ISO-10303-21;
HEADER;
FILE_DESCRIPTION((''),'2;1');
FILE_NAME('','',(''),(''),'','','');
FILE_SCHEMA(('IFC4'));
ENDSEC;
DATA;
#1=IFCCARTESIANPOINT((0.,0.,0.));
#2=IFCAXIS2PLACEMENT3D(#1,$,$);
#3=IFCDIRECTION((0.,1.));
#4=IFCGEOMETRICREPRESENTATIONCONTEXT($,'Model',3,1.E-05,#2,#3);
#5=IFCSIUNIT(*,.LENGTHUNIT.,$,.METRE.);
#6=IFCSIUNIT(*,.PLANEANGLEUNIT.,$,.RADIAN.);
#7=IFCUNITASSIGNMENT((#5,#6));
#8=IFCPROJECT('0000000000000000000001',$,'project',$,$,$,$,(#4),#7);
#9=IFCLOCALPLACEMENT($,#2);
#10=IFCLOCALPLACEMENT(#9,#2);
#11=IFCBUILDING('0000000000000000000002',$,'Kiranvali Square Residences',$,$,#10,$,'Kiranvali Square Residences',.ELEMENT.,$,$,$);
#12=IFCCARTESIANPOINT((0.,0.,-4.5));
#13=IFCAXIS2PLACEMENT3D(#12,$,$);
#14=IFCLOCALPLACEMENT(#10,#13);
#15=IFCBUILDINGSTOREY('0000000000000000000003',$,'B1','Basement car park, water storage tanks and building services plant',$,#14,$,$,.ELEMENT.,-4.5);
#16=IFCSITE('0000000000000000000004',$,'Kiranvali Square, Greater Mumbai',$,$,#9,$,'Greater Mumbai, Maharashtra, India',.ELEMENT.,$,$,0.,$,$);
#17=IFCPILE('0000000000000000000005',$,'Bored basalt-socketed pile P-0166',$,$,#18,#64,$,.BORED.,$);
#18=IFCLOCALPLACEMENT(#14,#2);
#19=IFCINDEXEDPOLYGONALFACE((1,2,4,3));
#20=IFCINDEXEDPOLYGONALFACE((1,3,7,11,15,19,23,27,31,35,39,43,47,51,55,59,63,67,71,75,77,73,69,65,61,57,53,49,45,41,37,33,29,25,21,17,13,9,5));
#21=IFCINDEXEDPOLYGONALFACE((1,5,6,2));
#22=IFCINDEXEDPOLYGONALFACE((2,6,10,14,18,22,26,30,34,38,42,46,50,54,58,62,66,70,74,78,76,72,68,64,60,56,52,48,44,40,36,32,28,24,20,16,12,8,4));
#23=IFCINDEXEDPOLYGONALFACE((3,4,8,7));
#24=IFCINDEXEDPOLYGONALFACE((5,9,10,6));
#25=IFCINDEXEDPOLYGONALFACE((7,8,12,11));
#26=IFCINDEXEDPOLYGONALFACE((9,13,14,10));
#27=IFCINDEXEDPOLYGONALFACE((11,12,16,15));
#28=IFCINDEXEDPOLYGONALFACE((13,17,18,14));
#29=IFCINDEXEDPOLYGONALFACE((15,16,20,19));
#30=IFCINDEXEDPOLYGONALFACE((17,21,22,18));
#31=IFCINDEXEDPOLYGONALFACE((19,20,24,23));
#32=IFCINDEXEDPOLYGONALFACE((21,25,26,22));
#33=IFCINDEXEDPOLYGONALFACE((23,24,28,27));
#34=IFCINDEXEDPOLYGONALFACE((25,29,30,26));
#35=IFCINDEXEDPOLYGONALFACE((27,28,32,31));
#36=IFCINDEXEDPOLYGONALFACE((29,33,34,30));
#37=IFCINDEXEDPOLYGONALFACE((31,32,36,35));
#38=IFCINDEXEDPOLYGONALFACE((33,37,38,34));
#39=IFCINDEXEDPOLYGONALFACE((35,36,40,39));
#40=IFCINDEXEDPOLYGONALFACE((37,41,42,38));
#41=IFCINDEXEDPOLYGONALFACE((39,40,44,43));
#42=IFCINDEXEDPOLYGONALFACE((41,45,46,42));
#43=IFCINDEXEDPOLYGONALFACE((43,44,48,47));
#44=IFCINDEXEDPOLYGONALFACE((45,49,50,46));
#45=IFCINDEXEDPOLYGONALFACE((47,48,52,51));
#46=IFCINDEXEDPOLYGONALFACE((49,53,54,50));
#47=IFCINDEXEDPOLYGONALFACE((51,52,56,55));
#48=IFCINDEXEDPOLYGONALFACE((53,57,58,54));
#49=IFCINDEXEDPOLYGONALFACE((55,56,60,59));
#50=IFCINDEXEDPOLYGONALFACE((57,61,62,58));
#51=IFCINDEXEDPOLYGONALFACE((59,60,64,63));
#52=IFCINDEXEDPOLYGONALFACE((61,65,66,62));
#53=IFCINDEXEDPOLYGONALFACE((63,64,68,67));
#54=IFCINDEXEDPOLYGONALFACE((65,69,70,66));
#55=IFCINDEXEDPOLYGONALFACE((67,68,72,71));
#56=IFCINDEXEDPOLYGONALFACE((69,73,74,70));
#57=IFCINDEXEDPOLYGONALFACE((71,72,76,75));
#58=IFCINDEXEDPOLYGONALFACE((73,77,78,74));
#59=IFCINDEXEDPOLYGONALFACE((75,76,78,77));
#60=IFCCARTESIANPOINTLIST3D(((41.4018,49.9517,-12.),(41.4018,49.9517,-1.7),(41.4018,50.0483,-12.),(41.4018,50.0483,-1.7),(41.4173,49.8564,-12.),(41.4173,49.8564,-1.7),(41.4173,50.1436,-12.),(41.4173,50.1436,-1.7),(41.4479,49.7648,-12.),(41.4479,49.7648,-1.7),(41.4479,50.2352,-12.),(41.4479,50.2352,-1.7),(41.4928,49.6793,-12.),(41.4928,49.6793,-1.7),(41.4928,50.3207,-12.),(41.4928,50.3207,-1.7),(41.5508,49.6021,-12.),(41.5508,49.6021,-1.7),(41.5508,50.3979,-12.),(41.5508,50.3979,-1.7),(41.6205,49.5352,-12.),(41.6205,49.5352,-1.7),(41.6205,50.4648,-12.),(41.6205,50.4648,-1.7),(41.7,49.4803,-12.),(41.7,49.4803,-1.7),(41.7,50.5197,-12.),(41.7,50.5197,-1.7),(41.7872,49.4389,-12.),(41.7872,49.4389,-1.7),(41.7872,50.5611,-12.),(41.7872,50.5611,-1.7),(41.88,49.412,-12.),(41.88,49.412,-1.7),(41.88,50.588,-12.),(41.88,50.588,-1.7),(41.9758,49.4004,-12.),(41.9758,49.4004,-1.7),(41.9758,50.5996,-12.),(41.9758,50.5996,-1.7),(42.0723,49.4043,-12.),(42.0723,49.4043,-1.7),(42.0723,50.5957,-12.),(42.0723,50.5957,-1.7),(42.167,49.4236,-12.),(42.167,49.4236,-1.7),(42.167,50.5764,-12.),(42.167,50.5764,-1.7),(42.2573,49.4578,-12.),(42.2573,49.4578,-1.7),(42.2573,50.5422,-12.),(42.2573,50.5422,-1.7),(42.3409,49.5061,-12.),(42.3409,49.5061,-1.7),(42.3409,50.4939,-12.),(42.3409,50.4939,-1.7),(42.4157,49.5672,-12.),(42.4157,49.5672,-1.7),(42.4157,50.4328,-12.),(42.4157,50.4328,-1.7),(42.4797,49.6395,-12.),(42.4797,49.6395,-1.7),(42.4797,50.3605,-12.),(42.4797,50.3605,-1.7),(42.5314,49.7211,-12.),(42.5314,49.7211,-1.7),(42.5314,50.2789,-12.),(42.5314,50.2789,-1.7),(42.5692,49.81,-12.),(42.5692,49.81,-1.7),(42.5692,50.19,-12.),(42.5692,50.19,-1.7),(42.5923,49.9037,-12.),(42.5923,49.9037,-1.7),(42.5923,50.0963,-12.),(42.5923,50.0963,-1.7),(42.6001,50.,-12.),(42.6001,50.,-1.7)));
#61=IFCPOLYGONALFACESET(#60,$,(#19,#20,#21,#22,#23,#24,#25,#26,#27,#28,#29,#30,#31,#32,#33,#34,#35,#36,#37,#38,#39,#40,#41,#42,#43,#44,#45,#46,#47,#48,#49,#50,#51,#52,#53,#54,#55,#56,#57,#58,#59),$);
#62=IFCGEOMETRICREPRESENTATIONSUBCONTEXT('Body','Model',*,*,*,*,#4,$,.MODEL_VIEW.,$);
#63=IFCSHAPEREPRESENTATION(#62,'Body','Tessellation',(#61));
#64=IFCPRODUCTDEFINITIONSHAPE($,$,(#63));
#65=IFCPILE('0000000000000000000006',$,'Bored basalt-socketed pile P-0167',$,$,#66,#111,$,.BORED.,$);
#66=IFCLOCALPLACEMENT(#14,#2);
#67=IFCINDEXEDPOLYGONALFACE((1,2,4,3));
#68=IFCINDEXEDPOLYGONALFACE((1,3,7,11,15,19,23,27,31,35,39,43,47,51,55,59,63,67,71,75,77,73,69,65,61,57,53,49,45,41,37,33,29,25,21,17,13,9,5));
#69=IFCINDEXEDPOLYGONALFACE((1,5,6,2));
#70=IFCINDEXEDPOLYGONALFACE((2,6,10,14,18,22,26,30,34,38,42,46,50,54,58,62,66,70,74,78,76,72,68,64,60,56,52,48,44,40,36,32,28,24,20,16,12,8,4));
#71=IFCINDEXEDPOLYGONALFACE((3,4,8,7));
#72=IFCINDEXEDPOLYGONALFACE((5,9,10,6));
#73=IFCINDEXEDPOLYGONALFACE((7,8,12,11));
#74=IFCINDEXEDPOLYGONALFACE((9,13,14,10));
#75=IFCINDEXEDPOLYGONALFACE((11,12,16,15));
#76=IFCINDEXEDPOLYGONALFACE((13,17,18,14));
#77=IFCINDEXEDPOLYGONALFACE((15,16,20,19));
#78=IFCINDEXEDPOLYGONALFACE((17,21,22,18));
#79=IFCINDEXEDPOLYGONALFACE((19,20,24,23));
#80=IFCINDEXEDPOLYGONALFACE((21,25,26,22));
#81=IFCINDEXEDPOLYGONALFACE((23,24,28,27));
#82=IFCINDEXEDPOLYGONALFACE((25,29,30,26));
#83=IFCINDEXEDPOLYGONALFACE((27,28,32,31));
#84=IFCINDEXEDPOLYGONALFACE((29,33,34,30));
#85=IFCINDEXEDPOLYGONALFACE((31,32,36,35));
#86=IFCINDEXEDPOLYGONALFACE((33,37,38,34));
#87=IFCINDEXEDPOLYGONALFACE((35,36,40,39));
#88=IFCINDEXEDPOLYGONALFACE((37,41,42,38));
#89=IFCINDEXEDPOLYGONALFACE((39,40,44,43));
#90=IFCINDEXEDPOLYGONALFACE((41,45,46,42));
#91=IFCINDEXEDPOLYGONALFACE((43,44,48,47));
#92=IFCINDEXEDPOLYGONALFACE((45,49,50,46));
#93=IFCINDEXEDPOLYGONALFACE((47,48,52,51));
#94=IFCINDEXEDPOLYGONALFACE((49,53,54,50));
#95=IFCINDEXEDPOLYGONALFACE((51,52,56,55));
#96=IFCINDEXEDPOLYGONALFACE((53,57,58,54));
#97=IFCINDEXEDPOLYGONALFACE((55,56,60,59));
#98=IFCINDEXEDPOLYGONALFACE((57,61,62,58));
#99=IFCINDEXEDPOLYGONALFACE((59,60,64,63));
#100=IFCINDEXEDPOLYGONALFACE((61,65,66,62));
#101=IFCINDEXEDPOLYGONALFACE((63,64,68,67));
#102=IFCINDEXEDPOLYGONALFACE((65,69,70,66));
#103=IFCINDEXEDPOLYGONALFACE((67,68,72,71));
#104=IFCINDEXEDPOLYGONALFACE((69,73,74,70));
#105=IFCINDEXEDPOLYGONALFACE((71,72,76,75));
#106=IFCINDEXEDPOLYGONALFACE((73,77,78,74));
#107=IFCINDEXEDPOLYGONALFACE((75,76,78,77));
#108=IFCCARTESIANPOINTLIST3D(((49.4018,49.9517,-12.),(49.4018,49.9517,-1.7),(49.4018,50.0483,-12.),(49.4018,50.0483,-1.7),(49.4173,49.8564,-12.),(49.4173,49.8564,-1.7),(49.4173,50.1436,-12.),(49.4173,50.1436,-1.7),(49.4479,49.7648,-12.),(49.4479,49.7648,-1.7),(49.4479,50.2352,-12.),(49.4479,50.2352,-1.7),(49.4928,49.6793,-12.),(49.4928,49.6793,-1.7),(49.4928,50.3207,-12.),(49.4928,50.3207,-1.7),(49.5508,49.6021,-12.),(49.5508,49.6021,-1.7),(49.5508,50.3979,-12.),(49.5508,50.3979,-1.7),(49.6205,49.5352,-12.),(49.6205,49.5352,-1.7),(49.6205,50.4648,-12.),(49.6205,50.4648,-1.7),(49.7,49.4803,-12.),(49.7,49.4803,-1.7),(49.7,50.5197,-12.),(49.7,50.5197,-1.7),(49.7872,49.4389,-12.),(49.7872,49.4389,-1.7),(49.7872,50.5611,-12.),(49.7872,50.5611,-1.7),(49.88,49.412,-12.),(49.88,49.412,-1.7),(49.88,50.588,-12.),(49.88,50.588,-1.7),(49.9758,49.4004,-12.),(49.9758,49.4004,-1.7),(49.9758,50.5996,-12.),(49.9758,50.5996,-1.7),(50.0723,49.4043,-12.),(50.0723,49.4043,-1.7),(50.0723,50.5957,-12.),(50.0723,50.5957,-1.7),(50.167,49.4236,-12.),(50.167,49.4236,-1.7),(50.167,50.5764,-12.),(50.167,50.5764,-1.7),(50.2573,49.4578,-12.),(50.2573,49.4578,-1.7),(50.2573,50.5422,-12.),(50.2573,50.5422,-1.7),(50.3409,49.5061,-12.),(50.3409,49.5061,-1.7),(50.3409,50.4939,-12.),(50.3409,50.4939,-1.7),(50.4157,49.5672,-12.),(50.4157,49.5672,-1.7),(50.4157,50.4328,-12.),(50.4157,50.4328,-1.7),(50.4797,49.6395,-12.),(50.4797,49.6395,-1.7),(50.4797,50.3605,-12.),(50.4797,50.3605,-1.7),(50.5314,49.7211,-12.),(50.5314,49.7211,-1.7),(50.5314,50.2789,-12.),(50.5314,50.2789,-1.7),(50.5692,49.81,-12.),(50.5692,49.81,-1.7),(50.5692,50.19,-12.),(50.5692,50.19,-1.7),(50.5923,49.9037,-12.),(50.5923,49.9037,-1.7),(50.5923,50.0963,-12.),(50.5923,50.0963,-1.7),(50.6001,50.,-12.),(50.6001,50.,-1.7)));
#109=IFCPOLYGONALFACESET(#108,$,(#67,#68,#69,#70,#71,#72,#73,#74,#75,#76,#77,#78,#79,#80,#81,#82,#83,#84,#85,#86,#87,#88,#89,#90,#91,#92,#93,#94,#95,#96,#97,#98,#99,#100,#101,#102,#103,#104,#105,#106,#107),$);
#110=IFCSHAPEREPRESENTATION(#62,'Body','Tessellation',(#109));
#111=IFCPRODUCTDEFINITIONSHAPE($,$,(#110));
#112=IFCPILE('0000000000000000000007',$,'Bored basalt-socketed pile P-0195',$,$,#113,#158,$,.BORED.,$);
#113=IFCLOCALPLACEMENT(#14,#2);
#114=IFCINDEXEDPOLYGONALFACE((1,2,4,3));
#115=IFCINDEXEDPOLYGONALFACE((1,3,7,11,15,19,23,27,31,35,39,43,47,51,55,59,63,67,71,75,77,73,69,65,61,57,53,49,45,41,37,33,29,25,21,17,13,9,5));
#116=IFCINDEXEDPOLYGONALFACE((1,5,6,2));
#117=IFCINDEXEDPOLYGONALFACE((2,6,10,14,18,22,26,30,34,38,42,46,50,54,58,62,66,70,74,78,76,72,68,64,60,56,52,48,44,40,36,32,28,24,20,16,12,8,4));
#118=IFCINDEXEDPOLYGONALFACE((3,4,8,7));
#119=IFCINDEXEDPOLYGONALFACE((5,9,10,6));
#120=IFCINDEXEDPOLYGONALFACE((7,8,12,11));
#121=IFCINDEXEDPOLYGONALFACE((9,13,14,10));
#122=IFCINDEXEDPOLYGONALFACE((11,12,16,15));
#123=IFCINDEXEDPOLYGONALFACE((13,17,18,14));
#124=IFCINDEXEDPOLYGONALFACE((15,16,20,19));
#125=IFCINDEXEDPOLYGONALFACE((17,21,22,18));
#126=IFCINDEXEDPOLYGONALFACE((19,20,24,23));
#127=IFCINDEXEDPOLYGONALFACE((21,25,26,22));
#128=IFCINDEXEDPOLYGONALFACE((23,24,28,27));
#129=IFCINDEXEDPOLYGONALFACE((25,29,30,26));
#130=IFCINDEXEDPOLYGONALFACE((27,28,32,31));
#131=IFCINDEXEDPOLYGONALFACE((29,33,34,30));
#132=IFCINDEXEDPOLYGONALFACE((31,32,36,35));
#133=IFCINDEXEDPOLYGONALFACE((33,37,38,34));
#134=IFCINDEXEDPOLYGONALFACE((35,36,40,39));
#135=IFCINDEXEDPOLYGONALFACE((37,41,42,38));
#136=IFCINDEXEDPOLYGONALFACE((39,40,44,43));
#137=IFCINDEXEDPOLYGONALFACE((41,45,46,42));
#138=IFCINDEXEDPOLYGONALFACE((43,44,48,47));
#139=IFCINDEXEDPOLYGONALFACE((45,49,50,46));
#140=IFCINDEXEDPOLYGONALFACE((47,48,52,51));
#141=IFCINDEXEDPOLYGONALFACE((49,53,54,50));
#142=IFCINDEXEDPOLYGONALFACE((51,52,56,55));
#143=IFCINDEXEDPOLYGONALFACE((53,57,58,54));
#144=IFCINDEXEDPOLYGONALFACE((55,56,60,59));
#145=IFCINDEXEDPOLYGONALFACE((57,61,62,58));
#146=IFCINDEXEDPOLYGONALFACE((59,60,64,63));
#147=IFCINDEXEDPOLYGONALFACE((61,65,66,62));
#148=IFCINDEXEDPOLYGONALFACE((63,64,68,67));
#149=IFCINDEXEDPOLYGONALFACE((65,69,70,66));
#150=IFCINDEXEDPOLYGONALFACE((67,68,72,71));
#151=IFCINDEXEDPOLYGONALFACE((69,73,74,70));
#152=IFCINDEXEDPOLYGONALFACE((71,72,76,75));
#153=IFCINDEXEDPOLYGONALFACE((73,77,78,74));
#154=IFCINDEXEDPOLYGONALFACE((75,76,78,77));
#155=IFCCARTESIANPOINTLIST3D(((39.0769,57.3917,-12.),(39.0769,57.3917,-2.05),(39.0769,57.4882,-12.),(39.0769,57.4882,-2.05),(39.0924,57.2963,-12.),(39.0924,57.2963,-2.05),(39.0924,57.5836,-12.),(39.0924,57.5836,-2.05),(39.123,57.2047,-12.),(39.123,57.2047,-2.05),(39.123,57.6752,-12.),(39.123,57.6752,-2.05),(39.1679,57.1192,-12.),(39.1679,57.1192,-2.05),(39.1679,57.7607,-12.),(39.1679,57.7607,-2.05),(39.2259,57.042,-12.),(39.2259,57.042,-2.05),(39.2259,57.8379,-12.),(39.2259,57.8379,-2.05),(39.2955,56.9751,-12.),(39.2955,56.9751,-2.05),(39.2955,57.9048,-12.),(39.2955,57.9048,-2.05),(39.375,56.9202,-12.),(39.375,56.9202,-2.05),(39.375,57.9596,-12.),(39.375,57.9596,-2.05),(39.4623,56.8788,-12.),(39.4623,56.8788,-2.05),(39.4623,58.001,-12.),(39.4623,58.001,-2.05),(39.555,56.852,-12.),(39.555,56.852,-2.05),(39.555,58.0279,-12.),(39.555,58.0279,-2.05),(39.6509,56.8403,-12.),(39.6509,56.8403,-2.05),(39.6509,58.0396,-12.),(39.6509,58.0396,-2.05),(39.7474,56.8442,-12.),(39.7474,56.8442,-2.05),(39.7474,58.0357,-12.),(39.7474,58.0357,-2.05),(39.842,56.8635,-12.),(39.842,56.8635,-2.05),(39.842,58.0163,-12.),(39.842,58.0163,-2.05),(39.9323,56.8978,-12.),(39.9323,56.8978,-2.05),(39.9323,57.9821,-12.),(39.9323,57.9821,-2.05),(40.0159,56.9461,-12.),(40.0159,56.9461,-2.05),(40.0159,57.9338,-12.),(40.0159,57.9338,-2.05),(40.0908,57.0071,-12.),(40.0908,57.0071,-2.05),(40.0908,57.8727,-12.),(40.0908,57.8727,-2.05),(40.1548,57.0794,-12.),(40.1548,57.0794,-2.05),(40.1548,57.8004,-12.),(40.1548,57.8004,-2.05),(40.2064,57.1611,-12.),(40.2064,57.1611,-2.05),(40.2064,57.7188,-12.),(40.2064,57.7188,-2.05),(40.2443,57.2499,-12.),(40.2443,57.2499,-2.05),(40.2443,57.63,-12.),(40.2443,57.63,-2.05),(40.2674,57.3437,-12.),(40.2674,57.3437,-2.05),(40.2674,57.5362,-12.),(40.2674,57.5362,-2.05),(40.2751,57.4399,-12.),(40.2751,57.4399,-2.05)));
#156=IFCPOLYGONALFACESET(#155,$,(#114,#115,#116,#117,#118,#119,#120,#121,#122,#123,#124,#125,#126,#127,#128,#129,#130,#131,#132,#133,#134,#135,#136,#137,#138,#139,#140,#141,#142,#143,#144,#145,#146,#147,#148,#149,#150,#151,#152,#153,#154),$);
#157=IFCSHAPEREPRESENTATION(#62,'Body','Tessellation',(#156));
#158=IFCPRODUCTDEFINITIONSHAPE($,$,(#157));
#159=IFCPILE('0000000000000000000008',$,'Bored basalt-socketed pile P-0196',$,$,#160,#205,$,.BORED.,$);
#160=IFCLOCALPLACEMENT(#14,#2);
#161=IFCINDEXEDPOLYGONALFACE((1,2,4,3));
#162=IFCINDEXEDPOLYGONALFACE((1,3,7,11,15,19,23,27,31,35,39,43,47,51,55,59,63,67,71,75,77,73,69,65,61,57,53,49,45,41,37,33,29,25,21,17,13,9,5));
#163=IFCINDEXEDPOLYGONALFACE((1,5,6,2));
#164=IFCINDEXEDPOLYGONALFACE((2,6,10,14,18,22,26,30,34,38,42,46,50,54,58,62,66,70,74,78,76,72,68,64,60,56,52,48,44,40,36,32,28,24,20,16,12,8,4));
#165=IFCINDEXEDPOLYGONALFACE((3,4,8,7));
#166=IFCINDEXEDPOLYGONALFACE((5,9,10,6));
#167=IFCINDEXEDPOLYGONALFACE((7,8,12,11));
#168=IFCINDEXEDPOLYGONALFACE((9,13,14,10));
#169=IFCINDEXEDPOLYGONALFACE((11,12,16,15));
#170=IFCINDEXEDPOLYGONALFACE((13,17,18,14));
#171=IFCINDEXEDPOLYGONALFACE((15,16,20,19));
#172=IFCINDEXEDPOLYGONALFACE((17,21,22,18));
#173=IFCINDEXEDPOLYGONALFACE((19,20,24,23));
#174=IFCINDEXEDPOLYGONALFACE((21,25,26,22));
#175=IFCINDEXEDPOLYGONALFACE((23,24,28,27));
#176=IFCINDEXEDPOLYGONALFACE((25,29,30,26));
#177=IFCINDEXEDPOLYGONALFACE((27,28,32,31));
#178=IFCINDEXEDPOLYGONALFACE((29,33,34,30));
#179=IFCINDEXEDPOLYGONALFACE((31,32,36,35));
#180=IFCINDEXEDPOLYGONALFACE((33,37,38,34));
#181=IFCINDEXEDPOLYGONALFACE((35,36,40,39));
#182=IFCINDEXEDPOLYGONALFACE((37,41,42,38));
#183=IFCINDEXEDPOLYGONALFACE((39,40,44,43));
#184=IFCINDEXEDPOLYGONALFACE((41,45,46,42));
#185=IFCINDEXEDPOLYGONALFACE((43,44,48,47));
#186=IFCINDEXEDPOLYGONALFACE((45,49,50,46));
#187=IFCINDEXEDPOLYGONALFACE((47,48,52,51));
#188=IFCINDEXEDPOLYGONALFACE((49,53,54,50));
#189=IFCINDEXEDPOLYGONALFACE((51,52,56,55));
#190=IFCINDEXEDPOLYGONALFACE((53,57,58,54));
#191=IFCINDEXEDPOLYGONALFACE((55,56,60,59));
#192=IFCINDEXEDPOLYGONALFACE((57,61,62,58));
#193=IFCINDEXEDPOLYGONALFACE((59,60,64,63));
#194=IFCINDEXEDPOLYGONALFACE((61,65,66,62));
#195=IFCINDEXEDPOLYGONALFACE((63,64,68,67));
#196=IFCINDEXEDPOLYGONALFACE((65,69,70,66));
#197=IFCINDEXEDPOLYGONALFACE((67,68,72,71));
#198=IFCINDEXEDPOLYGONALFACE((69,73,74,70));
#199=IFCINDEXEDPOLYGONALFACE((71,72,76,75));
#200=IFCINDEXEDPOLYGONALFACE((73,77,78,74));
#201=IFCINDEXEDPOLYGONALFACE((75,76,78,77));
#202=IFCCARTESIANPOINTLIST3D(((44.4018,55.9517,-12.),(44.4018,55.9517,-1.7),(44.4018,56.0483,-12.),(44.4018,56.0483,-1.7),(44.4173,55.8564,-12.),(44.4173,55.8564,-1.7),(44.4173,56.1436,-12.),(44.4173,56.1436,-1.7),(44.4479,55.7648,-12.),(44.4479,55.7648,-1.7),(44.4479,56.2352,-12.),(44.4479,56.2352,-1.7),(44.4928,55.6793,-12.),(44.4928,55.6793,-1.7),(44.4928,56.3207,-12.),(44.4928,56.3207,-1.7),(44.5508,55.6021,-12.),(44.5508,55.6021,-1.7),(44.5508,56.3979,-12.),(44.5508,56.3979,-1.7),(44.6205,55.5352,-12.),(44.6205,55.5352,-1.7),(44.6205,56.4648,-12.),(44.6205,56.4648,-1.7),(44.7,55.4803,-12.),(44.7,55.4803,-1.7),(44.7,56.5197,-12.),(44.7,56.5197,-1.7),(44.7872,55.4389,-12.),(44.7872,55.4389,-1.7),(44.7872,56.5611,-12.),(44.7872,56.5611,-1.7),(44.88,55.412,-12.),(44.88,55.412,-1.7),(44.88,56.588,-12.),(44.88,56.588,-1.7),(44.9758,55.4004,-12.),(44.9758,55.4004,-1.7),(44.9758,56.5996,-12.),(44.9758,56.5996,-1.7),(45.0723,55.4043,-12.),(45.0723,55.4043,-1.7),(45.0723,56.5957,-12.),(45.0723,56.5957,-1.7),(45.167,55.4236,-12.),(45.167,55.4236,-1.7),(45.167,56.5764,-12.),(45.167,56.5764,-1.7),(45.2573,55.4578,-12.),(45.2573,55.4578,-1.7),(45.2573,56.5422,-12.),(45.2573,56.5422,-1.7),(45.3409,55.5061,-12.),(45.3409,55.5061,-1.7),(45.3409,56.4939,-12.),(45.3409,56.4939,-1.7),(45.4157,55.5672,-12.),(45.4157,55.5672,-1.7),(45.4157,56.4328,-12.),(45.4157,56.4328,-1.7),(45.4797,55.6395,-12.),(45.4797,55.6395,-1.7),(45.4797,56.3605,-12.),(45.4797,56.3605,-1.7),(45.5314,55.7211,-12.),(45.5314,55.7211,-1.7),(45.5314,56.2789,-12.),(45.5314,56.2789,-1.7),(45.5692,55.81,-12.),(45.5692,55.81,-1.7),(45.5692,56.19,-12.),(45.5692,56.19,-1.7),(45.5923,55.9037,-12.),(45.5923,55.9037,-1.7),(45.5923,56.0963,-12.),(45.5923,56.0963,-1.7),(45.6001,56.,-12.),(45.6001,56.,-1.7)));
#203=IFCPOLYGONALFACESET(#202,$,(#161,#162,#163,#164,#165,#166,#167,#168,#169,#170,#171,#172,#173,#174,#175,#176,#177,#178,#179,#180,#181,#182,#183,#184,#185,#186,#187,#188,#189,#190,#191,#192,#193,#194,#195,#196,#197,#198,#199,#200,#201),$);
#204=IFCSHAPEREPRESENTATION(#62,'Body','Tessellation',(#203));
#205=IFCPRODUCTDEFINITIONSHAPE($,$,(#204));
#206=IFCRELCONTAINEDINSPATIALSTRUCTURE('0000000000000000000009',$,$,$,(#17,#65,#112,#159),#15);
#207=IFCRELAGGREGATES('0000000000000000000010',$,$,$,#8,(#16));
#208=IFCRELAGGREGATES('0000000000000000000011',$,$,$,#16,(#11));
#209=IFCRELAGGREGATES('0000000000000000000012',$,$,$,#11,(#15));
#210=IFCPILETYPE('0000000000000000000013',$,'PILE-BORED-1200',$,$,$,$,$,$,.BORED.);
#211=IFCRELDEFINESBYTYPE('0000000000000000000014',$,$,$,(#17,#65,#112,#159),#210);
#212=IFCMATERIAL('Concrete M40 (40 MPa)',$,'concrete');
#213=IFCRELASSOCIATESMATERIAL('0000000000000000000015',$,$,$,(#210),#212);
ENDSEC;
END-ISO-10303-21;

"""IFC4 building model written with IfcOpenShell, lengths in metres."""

from ifc_helpers import new_model, si_unit, direction, frame, origin, origin_2d, place, context, subcontext, project, spatial, circle, extrude, material, material_profile, profile_set, type_object, element, save


model = new_model("IFC4")

# Units and contexts
model_context = context("Model", 3, precision=1e-05, world=origin(), true_north=direction((0.0, 1.0)))
body_context = subcontext(model_context, "Body", "Model", "MODEL_VIEW")
ifc_project = project(units=[si_unit("LENGTHUNIT", "METRE"), si_unit("PLANEANGLEUNIT", "RADIAN")], contexts=[model_context])

# Site, building, storey
site_placement = place(None, origin())
site = spatial("IfcSite", under=ifc_project, at=site_placement, Name="Kiranvali Square, Greater Mumbai", LongName="Greater Mumbai, Maharashtra, India", CompositionType="ELEMENT", RefElevation=0.0)
building_placement = place(site_placement, origin())
building = spatial("IfcBuilding", under=site, at=building_placement, Name="Kiranvali Square Residences", LongName="Kiranvali Square Residences", CompositionType="ELEMENT")
storey_placement = place(building_placement, frame((0.0, 0.0, -4.5)))
storey = spatial("IfcBuildingStorey", under=building, at=storey_placement, Name="B1", Description="Basement car park, water storage tanks and building services plant", CompositionType="ELEMENT", Elevation=-4.5)

# Shared definitions
ifc_material_1 = material(Name="Concrete M40 (40 MPa)", Category="concrete")

# Piles
ifc_material_profile_1 = material_profile(ifc_material_1, circle(Radius=0.6001, at=origin_2d()), Name="BORED PILE 1200")
ifc_profile_set_1 = profile_set([ifc_material_profile_1], Name="Concrete M40 (40 MPa)")
pile_type = type_object("IfcPileType", Name="PILE-BORED-1200", PredefinedType="BORED", material=ifc_profile_set_1)
for number, where, z_axis, x_axis, name in (
    (1, (42.0, 50.0, -1.7), (0.0, 0.0, -1.0), (1.0, 0.0, 0.0), "Bored basalt-socketed pile P-0166"),
    (2, (50.0, 50.0, -1.7), (0.0, 0.0, -1.0), (1.0, 0.0, 0.0), "Bored basalt-socketed pile P-0167"),
):
    element("IfcPile", number, at=place(storey_placement, frame(where, z_axis=z_axis, x_axis=x_axis)), inside=storey, type_object=pile_type, Name=name, PredefinedType="BORED", context=body_context, shape_type="SweptSolid", body=[
        extrude(circle(Radius=0.6001, at=origin_2d()), origin(), (0.0, 0.0, 1.0), 10.3),
    ])
pile_1_placement = place(storey_placement, frame((39.675, 57.4399, -2.05), z_axis=(0.0, 0.0, -1.0), x_axis=(1.0, 0.0, 0.0)))
element("IfcPile", 3, at=pile_1_placement, inside=storey, type_object=pile_type, Name="Bored basalt-socketed pile P-0195", PredefinedType="BORED", context=body_context, shape_type="SweptSolid", body=[
    extrude(circle(Radius=0.6001, at=origin_2d()), origin(), (0.0, 0.0, 1.0), 9.95),
])
pile_2_placement = place(storey_placement, frame((45.0, 56.0, -1.7), z_axis=(0.0, 0.0, -1.0), x_axis=(1.0, 0.0, 0.0)))
element("IfcPile", 4, at=pile_2_placement, inside=storey, type_object=pile_type, Name="Bored basalt-socketed pile P-0196", PredefinedType="BORED", context=body_context, shape_type="SweptSolid", body=[
    extrude(circle(Radius=0.6001, at=origin_2d()), origin(), (0.0, 0.0, 1.0), 10.3),
])

save(model, "model.ifc")
